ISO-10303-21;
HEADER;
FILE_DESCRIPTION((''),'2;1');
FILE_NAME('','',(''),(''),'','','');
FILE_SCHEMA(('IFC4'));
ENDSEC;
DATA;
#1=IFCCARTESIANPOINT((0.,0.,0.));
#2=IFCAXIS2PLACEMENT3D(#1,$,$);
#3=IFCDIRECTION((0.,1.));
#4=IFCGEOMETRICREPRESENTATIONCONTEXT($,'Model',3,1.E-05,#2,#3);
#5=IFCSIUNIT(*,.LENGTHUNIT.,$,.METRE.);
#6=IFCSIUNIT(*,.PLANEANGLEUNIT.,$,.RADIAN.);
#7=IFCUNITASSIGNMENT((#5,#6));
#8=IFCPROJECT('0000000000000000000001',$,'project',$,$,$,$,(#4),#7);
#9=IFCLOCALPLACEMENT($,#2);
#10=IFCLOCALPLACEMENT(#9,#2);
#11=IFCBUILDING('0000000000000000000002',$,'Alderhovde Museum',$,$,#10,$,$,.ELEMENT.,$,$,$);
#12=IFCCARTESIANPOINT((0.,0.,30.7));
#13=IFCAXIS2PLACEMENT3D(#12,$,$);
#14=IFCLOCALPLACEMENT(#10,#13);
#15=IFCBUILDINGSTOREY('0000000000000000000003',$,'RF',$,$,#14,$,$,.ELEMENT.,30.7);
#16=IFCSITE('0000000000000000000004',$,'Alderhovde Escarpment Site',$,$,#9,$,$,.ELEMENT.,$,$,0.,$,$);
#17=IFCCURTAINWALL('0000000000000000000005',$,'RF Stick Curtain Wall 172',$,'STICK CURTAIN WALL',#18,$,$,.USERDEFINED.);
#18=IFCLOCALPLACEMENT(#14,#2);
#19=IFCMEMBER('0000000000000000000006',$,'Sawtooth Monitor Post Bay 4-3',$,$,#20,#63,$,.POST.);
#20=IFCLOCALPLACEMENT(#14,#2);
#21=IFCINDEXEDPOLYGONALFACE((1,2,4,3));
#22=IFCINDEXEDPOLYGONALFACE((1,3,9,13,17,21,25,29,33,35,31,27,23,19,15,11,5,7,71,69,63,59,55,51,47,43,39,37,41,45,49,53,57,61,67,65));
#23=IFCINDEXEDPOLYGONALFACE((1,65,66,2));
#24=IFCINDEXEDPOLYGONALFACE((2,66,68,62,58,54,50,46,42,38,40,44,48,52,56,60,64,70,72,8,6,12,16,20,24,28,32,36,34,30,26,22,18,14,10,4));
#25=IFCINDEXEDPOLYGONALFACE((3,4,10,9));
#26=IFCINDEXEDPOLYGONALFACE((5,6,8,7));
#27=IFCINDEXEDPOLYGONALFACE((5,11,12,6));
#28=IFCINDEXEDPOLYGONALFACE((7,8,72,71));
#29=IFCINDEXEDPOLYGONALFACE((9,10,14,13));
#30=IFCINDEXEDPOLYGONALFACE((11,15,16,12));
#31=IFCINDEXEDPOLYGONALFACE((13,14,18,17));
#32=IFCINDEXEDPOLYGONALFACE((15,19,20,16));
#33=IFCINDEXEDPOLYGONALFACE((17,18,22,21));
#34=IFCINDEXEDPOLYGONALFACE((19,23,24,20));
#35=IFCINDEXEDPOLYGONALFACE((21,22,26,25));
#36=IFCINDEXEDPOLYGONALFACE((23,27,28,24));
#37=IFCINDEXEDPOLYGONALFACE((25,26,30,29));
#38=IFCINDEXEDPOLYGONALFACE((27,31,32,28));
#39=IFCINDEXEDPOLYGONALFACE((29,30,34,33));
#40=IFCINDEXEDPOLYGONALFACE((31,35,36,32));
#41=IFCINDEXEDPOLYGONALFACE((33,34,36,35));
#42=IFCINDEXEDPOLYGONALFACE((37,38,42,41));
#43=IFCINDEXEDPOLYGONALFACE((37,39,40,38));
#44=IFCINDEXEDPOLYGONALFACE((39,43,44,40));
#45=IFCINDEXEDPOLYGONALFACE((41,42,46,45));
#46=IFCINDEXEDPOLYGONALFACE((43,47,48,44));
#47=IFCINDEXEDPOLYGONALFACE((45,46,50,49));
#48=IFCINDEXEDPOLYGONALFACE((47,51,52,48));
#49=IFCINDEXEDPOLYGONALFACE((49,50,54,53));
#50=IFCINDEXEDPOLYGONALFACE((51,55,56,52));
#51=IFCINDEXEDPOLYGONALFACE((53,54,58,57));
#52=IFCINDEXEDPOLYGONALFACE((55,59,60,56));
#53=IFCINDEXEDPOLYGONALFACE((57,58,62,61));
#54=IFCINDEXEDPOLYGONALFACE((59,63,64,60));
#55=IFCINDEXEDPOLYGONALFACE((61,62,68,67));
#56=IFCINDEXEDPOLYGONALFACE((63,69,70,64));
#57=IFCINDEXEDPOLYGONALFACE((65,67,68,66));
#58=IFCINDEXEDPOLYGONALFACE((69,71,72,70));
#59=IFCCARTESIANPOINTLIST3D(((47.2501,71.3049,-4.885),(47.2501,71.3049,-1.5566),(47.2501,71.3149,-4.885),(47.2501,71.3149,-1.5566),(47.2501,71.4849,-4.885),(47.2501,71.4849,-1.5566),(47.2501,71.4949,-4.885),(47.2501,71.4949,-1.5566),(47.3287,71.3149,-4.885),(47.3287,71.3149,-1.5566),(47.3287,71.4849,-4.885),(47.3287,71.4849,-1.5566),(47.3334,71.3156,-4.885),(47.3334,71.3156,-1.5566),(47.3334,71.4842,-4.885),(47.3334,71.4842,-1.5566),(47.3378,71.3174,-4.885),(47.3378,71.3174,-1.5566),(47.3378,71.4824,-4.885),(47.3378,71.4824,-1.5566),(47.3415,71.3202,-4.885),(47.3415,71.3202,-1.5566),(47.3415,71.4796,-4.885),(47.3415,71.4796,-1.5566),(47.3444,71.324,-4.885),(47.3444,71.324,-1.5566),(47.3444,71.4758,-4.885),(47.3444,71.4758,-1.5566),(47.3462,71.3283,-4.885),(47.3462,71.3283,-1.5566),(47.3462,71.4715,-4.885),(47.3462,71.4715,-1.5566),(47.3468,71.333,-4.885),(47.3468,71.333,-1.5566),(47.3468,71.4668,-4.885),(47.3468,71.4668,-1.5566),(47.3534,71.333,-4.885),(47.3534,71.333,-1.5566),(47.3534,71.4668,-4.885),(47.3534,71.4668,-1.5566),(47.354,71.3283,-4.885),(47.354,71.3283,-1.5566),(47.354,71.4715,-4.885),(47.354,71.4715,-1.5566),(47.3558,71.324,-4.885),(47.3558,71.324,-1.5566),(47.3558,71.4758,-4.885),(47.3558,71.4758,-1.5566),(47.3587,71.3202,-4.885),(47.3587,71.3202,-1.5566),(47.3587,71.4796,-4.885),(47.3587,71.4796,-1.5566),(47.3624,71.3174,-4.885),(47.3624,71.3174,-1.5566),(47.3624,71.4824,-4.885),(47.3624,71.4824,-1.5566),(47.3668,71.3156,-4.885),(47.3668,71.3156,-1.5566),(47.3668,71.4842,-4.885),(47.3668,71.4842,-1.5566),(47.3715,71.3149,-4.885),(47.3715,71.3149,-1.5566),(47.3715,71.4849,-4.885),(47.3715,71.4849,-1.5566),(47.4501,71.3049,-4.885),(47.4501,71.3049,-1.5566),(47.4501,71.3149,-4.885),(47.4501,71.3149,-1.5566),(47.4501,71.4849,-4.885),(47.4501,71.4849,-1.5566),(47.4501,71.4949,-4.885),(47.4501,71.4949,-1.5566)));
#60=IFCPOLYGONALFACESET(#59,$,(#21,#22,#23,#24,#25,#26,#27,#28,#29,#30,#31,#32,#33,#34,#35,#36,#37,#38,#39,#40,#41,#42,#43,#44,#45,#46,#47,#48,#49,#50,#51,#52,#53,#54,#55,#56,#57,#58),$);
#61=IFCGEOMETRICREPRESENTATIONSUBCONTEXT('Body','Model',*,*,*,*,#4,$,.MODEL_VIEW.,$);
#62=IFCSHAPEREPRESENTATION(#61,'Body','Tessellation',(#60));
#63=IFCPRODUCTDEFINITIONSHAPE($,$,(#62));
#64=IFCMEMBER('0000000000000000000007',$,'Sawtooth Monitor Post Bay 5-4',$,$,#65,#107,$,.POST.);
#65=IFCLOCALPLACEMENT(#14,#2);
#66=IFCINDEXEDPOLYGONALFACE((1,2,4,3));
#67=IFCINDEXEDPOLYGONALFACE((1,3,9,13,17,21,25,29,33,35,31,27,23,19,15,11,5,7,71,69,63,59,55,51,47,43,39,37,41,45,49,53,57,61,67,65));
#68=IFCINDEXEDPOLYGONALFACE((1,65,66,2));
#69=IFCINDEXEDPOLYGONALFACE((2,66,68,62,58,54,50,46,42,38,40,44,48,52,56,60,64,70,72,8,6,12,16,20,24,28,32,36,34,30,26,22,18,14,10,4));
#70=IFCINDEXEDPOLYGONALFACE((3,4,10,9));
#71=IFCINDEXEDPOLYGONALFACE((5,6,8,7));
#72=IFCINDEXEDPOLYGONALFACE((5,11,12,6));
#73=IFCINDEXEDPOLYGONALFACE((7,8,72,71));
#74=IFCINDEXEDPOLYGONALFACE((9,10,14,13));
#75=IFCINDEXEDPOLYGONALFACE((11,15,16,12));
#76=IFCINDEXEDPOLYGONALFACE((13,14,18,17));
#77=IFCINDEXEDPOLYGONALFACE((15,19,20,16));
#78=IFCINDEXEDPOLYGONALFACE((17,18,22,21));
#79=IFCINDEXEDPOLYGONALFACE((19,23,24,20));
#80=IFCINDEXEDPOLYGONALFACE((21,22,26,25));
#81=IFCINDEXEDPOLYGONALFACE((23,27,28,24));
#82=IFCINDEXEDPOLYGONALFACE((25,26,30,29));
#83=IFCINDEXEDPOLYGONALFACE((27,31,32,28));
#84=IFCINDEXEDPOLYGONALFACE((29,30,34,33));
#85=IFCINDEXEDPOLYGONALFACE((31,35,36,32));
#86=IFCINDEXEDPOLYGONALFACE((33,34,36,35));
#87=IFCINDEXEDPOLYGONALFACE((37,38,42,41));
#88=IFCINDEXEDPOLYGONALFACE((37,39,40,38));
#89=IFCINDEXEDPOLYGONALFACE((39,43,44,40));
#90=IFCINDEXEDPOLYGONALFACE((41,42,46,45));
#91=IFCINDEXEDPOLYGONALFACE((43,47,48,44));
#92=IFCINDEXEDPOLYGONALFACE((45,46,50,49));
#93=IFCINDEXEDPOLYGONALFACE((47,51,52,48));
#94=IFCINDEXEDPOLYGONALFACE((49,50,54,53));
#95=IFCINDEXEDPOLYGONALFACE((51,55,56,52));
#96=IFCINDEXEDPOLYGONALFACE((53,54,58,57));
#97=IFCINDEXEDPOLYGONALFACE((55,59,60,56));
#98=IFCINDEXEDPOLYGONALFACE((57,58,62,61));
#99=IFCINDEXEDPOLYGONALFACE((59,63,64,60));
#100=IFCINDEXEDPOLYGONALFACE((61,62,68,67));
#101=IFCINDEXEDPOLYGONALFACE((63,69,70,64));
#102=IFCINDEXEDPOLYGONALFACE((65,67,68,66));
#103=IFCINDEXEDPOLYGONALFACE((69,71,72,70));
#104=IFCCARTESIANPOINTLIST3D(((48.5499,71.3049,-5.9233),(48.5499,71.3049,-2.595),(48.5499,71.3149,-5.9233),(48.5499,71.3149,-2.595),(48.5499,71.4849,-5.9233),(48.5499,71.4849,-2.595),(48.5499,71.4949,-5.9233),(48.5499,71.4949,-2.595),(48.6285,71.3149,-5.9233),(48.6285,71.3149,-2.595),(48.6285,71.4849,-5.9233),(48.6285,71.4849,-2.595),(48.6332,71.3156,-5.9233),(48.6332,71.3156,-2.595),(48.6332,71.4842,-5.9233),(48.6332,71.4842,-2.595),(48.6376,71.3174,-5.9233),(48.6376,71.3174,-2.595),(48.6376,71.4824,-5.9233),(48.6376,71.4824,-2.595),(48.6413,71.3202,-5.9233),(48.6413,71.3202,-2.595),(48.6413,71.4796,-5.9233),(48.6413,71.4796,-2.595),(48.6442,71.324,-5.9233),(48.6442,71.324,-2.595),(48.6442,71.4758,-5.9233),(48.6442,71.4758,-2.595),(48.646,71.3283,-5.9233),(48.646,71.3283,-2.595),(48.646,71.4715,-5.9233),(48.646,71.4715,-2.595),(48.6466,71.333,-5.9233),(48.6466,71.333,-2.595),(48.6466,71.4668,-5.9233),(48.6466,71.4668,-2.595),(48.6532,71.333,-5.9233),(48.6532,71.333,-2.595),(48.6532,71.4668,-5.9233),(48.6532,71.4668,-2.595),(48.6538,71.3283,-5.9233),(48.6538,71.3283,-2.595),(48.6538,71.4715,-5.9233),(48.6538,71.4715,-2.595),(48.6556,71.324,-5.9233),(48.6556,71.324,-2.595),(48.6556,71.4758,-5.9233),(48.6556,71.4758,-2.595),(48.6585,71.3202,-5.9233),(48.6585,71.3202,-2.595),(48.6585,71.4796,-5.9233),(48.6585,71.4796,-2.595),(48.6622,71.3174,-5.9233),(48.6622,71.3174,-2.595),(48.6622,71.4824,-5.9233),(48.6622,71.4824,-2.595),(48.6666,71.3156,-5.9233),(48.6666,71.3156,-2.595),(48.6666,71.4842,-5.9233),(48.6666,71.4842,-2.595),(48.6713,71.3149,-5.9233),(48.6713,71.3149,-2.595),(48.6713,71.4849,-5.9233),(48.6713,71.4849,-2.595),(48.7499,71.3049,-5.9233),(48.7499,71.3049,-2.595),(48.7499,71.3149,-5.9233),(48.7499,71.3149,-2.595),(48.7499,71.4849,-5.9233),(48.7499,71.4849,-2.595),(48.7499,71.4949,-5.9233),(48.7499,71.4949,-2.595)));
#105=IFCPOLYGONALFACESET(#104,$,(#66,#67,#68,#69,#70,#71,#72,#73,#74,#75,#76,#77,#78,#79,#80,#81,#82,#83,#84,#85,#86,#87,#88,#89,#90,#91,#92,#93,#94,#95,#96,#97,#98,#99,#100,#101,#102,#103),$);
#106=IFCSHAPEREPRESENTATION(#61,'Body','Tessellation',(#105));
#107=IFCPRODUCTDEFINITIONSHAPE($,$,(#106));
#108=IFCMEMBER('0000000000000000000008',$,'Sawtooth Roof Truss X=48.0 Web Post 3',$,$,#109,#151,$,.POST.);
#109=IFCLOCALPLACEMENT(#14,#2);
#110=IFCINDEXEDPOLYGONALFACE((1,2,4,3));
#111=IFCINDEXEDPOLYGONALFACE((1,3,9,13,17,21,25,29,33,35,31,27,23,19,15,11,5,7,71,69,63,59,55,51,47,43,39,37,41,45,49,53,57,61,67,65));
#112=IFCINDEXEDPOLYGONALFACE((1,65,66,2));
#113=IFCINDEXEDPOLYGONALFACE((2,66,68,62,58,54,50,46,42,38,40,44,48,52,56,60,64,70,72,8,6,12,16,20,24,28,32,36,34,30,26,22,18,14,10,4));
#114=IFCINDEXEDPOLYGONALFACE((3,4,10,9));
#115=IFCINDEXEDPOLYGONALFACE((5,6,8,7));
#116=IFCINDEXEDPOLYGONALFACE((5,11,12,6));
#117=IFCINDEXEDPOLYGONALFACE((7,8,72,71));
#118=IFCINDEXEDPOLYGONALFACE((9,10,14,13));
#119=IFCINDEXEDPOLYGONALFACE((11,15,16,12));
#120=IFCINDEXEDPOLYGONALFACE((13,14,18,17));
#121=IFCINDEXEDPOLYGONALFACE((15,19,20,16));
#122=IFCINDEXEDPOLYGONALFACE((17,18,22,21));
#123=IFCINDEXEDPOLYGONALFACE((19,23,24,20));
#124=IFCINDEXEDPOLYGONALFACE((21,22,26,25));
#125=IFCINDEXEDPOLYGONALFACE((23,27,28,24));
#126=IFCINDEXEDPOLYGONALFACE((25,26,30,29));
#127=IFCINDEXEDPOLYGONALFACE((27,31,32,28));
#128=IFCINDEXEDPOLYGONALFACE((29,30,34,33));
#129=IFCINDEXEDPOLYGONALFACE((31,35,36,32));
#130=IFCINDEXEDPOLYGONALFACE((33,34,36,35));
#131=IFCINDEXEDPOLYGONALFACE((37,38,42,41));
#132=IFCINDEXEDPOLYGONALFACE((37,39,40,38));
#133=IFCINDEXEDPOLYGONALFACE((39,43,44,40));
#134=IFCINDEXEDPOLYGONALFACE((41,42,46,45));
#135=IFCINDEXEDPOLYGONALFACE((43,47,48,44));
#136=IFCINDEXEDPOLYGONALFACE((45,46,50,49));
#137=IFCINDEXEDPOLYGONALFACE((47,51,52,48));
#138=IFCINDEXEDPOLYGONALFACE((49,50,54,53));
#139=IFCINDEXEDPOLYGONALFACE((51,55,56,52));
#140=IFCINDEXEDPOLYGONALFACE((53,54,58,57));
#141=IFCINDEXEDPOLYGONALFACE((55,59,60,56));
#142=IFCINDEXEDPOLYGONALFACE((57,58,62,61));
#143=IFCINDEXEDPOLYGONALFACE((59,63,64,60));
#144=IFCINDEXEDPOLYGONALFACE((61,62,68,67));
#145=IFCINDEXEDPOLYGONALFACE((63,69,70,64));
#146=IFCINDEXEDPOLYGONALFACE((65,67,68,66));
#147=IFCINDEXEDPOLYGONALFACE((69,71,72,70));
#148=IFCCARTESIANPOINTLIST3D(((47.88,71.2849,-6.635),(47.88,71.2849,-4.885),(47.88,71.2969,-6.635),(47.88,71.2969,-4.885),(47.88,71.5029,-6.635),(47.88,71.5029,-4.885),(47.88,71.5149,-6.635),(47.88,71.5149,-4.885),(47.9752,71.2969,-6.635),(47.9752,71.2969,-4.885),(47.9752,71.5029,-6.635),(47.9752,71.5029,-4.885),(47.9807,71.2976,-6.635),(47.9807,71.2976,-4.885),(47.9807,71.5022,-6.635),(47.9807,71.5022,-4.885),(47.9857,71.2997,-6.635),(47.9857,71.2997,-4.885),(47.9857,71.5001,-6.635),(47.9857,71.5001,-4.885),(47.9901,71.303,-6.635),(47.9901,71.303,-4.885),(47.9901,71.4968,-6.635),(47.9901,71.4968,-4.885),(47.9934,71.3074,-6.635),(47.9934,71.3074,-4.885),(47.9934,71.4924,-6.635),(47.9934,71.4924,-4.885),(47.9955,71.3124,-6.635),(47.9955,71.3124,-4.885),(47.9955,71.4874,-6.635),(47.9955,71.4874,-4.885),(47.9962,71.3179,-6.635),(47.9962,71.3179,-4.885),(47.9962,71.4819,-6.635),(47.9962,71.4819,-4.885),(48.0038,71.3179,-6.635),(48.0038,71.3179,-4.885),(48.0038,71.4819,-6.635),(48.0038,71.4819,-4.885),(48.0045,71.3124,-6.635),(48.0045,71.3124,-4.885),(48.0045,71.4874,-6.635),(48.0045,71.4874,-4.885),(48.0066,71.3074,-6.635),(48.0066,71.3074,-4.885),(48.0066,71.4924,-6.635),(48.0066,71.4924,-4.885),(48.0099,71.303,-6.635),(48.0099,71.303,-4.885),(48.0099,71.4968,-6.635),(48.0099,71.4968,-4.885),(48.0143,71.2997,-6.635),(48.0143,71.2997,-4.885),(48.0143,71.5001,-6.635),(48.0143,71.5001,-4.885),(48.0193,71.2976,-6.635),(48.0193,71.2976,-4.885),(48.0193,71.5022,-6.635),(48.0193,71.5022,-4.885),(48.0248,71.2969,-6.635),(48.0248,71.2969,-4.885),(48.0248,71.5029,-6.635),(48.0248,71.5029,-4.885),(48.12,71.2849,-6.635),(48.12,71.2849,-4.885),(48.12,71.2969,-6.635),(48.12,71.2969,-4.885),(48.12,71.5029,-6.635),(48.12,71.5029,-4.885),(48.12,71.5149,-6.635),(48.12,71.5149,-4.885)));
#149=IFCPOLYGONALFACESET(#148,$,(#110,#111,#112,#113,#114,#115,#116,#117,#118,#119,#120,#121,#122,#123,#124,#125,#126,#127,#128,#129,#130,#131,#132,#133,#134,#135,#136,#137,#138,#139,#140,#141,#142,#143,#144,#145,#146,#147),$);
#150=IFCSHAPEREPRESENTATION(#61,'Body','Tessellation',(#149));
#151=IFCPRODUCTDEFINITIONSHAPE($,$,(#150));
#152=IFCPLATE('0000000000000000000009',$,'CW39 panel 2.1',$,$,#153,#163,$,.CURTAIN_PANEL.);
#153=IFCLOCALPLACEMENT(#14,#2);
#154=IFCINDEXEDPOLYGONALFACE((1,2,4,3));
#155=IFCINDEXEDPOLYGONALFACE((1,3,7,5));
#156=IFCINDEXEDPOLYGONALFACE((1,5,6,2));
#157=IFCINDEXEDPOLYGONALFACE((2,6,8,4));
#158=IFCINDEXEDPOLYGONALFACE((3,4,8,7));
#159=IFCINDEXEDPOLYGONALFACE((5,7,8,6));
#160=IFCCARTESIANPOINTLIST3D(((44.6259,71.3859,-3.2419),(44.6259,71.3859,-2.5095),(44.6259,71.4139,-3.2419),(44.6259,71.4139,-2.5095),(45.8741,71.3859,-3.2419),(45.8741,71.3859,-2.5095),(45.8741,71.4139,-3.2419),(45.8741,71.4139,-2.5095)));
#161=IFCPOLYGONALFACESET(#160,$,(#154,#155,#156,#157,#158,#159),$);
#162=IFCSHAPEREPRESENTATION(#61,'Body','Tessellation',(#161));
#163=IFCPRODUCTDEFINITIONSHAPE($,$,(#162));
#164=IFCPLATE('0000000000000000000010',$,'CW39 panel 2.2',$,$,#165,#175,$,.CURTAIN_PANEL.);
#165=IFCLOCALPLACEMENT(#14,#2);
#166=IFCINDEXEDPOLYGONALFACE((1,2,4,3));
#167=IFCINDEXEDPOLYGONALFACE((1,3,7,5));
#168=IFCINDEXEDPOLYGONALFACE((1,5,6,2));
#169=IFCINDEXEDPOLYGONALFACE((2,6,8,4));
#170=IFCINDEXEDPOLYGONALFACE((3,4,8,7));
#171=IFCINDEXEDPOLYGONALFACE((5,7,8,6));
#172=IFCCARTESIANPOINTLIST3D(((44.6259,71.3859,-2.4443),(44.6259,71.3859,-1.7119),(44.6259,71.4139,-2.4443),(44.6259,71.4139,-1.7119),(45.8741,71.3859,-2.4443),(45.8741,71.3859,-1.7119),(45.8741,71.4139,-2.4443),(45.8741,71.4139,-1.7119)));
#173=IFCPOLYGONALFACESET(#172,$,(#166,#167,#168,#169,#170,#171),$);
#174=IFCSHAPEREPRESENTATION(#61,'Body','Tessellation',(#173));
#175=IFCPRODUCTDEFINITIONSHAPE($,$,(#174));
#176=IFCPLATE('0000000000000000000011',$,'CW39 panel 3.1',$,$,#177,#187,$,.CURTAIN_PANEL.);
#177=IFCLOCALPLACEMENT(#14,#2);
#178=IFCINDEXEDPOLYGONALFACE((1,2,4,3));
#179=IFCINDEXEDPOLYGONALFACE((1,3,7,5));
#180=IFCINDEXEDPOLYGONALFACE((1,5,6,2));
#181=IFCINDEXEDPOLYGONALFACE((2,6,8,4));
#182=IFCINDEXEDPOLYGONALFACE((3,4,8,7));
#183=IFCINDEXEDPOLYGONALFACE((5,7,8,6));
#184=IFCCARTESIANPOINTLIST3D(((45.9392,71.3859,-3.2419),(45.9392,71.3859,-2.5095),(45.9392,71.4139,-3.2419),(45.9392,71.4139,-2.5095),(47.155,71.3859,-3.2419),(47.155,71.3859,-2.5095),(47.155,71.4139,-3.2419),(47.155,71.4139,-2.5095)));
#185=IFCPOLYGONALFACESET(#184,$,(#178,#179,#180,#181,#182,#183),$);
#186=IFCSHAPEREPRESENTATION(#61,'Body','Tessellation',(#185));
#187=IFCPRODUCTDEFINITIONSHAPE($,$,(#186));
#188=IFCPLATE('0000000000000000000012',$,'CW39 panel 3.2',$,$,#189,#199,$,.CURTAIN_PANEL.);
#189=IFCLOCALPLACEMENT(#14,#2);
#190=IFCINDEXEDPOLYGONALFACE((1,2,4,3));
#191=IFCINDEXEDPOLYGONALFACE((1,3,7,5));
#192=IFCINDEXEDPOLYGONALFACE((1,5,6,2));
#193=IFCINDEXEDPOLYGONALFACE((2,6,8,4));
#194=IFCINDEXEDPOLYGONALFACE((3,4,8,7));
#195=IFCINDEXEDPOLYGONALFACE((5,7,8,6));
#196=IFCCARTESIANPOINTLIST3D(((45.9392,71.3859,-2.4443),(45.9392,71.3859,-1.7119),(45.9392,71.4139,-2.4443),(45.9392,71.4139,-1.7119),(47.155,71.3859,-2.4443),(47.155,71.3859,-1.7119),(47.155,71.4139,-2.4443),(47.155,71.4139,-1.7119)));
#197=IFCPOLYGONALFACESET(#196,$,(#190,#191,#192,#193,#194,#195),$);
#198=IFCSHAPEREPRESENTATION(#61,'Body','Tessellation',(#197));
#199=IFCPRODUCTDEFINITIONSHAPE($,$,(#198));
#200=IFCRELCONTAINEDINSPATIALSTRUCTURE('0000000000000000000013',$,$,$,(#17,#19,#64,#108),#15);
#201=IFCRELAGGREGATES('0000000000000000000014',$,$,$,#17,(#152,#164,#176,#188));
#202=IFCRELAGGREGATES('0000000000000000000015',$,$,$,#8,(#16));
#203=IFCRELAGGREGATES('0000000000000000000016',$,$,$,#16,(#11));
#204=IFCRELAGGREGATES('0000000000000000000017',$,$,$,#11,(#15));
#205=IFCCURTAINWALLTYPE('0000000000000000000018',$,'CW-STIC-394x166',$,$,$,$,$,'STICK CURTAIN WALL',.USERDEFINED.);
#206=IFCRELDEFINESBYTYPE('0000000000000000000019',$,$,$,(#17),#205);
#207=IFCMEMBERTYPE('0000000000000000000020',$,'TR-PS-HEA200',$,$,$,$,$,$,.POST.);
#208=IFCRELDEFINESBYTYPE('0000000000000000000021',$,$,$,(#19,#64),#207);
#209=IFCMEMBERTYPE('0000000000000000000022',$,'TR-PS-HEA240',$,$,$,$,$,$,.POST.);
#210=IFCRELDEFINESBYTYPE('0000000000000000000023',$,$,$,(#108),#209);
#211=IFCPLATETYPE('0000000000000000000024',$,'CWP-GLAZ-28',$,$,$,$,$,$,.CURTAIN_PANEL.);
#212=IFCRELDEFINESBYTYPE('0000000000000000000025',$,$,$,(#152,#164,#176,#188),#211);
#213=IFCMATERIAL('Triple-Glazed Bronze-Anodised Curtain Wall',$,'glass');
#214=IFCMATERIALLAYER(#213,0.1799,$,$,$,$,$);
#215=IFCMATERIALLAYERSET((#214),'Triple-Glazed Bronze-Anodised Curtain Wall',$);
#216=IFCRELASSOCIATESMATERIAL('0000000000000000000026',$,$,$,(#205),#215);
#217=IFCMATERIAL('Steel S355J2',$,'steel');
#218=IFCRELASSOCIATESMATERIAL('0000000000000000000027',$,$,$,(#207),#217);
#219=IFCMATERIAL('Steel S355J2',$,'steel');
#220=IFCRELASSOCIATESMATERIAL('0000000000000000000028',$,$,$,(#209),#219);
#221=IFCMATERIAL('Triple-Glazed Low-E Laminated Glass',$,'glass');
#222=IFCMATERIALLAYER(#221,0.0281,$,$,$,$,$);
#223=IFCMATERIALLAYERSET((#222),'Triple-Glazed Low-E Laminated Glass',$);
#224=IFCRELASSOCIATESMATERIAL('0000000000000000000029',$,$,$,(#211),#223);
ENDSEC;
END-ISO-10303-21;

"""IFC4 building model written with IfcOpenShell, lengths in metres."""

from ifc_helpers import new_model, si_unit, direction, frame, origin, origin_2d, place, context, subcontext, project, spatial, rectangle, i_section, extrude, material, layer, layer_set, material_profile, profile_set, type_object, element, aggregate, save


model = new_model("IFC4")

# Units and contexts
model_context = context("Model", 3, precision=1e-05, world=origin(), true_north=direction((0.0, 1.0)))
body_context = subcontext(model_context, "Body", "Model", "MODEL_VIEW")
ifc_project = project(units=[si_unit("LENGTHUNIT", "METRE"), si_unit("PLANEANGLEUNIT", "RADIAN")], contexts=[model_context])

# Site, building, storey
site_placement = place(None, origin())
site = spatial("IfcSite", under=ifc_project, at=site_placement, Name="Alderhovde Escarpment Site", CompositionType="ELEMENT", RefElevation=0.0)
building_placement = place(site_placement, origin())
building = spatial("IfcBuilding", under=site, at=building_placement, Name="Alderhovde Museum", CompositionType="ELEMENT")
storey_placement = place(building_placement, frame((0.0, 0.0, 30.7)))
storey = spatial("IfcBuildingStorey", under=building, at=storey_placement, Name="RF", CompositionType="ELEMENT", Elevation=30.7)

# Curtain wall
ifc_material_1 = material(Name="Triple-Glazed Bronze-Anodised Curtain Wall", Category="glass")
ifc_layer_1 = layer(ifc_material_1, 0.1799)
ifc_layer_set_1 = layer_set([ifc_layer_1], Name="Triple-Glazed Bronze-Anodised Curtain Wall")
curtain_wall_type = type_object("IfcCurtainWallType", Name="CW-STIC-394x166", ElementType="STICK CURTAIN WALL", PredefinedType="USERDEFINED", material=ifc_layer_set_1)
curtain_wall_1_placement = place(storey_placement, origin())
curtain_wall_1 = element("IfcCurtainWall", 1, at=curtain_wall_1_placement, inside=storey, type_object=curtain_wall_type, Name="RF Stick Curtain Wall 172", ObjectType="STICK CURTAIN WALL", PredefinedType="USERDEFINED")

# Members
ifc_material_2 = material(Name="Steel S355J2", Category="steel")
ifc_material_profile_1 = material_profile(ifc_material_2, i_section(OverallWidth=0.2, OverallDepth=0.1899, WebThickness=0.0066, FlangeThickness=0.01, FilletRadius=0.0181, at=origin_2d()), Name="HEA 200")
ifc_profile_set_1 = profile_set([ifc_material_profile_1], Name="Steel S355J2")
member_type_1 = type_object("IfcMemberType", Name="TR-PS-HEA200", PredefinedType="POST", material=ifc_profile_set_1)
for number, where, z_axis, x_axis, name in (
    (2, (47.3501, 71.3999, -4.885), (0.0, 0.0, 1.0), (1.0, 0.0, 0.0), "Sawtooth Monitor Post Bay 4-3"),
    (3, (48.6499, 71.3999, -5.9233), (0.0, 0.0, 1.0), (1.0, 0.0, 0.0), "Sawtooth Monitor Post Bay 5-4"),
):
    element("IfcMember", number, at=place(storey_placement, frame(where, z_axis=z_axis, x_axis=x_axis)), inside=storey, type_object=member_type_1, Name=name, PredefinedType="POST", context=body_context, shape_type="SweptSolid", body=[
        extrude(i_section(OverallWidth=0.2, OverallDepth=0.1899, WebThickness=0.0066, FlangeThickness=0.01, FilletRadius=0.0181, at=origin_2d()), origin(), (0.0, 0.0, 1.0), 3.3284),
    ])
ifc_material_3 = material(Name="Steel S355J2", Category="steel")
ifc_material_profile_2 = material_profile(ifc_material_3, i_section(OverallWidth=0.24, OverallDepth=0.23, WebThickness=0.0076, FlangeThickness=0.012, FilletRadius=0.021, at=origin_2d()), Name="HEA 240")
ifc_profile_set_2 = profile_set([ifc_material_profile_2], Name="Steel S355J2")
member_type_2 = type_object("IfcMemberType", Name="TR-PS-HEA240", PredefinedType="POST", material=ifc_profile_set_2)
member_1_placement = place(storey_placement, frame((48.0, 71.3999, -6.635), z_axis=(0.0, 0.0, 1.0), x_axis=(1.0, 0.0, 0.0)))
element("IfcMember", 4, at=member_1_placement, inside=storey, type_object=member_type_2, Name="Sawtooth Roof Truss X=48.0 Web Post 3", PredefinedType="POST", context=body_context, shape_type="SweptSolid", body=[
    extrude(i_section(OverallWidth=0.24, OverallDepth=0.23, WebThickness=0.0076, FlangeThickness=0.012, FilletRadius=0.021, at=origin_2d()), origin(), (0.0, 0.0, 1.0), 1.75),
])

# Plates
ifc_material_4 = material(Name="Triple-Glazed Low-E Laminated Glass", Category="glass")
ifc_layer_2 = layer(ifc_material_4, 0.0281)
ifc_layer_set_2 = layer_set([ifc_layer_2], Name="Triple-Glazed Low-E Laminated Glass")
plate_type_1 = type_object("IfcPlateType", Name="CWP-GLAZ-28", PredefinedType="CURTAIN_PANEL", material=ifc_layer_set_2)
plate_1_placement = place(storey_placement, frame((45.25, 71.3999, -3.2419), z_axis=(0.0, 0.0, 1.0), x_axis=(1.0, 0.0, 0.0)))
plate_1 = element("IfcPlate", 5, at=plate_1_placement, type_object=plate_type_1, Name="CW39 panel 2.1", PredefinedType="CURTAIN_PANEL", context=body_context, shape_type="SweptSolid", body=[
    extrude(rectangle(XDim=1.2483, YDim=0.0281, at=origin_2d()), origin(), (0.0, 0.0, 1.0), 0.7324),
])
plate_2_placement = place(storey_placement, frame((45.25, 71.3999, -2.4443), z_axis=(0.0, 0.0, 1.0), x_axis=(1.0, 0.0, 0.0)))
plate_2 = element("IfcPlate", 6, at=plate_2_placement, type_object=plate_type_1, Name="CW39 panel 2.2", PredefinedType="CURTAIN_PANEL", context=body_context, shape_type="SweptSolid", body=[
    extrude(rectangle(XDim=1.2483, YDim=0.0281, at=origin_2d()), origin(), (0.0, 0.0, 1.0), 0.7324),
])
plate_3_placement = place(storey_placement, frame((46.5471, 71.3999, -3.2419), z_axis=(0.0, 0.0, 1.0), x_axis=(1.0, 0.0, 0.0)))
plate_3 = element("IfcPlate", 7, at=plate_3_placement, type_object=plate_type_1, Name="CW39 panel 3.1", PredefinedType="CURTAIN_PANEL", context=body_context, shape_type="SweptSolid", body=[
    extrude(rectangle(XDim=1.2158, YDim=0.0281, at=origin_2d()), origin(), (0.0, 0.0, 1.0), 0.7324),
])
plate_4_placement = place(storey_placement, frame((46.5471, 71.3999, -2.4443), z_axis=(0.0, 0.0, 1.0), x_axis=(1.0, 0.0, 0.0)))
plate_4 = element("IfcPlate", 8, at=plate_4_placement, type_object=plate_type_1, Name="CW39 panel 3.2", PredefinedType="CURTAIN_PANEL", context=body_context, shape_type="SweptSolid", body=[
    extrude(rectangle(XDim=1.2158, YDim=0.0281, at=origin_2d()), origin(), (0.0, 0.0, 1.0), 0.7324),
])
aggregate(curtain_wall_1, [plate_1, plate_2, plate_3, plate_4])

save(model, "model.ifc")
